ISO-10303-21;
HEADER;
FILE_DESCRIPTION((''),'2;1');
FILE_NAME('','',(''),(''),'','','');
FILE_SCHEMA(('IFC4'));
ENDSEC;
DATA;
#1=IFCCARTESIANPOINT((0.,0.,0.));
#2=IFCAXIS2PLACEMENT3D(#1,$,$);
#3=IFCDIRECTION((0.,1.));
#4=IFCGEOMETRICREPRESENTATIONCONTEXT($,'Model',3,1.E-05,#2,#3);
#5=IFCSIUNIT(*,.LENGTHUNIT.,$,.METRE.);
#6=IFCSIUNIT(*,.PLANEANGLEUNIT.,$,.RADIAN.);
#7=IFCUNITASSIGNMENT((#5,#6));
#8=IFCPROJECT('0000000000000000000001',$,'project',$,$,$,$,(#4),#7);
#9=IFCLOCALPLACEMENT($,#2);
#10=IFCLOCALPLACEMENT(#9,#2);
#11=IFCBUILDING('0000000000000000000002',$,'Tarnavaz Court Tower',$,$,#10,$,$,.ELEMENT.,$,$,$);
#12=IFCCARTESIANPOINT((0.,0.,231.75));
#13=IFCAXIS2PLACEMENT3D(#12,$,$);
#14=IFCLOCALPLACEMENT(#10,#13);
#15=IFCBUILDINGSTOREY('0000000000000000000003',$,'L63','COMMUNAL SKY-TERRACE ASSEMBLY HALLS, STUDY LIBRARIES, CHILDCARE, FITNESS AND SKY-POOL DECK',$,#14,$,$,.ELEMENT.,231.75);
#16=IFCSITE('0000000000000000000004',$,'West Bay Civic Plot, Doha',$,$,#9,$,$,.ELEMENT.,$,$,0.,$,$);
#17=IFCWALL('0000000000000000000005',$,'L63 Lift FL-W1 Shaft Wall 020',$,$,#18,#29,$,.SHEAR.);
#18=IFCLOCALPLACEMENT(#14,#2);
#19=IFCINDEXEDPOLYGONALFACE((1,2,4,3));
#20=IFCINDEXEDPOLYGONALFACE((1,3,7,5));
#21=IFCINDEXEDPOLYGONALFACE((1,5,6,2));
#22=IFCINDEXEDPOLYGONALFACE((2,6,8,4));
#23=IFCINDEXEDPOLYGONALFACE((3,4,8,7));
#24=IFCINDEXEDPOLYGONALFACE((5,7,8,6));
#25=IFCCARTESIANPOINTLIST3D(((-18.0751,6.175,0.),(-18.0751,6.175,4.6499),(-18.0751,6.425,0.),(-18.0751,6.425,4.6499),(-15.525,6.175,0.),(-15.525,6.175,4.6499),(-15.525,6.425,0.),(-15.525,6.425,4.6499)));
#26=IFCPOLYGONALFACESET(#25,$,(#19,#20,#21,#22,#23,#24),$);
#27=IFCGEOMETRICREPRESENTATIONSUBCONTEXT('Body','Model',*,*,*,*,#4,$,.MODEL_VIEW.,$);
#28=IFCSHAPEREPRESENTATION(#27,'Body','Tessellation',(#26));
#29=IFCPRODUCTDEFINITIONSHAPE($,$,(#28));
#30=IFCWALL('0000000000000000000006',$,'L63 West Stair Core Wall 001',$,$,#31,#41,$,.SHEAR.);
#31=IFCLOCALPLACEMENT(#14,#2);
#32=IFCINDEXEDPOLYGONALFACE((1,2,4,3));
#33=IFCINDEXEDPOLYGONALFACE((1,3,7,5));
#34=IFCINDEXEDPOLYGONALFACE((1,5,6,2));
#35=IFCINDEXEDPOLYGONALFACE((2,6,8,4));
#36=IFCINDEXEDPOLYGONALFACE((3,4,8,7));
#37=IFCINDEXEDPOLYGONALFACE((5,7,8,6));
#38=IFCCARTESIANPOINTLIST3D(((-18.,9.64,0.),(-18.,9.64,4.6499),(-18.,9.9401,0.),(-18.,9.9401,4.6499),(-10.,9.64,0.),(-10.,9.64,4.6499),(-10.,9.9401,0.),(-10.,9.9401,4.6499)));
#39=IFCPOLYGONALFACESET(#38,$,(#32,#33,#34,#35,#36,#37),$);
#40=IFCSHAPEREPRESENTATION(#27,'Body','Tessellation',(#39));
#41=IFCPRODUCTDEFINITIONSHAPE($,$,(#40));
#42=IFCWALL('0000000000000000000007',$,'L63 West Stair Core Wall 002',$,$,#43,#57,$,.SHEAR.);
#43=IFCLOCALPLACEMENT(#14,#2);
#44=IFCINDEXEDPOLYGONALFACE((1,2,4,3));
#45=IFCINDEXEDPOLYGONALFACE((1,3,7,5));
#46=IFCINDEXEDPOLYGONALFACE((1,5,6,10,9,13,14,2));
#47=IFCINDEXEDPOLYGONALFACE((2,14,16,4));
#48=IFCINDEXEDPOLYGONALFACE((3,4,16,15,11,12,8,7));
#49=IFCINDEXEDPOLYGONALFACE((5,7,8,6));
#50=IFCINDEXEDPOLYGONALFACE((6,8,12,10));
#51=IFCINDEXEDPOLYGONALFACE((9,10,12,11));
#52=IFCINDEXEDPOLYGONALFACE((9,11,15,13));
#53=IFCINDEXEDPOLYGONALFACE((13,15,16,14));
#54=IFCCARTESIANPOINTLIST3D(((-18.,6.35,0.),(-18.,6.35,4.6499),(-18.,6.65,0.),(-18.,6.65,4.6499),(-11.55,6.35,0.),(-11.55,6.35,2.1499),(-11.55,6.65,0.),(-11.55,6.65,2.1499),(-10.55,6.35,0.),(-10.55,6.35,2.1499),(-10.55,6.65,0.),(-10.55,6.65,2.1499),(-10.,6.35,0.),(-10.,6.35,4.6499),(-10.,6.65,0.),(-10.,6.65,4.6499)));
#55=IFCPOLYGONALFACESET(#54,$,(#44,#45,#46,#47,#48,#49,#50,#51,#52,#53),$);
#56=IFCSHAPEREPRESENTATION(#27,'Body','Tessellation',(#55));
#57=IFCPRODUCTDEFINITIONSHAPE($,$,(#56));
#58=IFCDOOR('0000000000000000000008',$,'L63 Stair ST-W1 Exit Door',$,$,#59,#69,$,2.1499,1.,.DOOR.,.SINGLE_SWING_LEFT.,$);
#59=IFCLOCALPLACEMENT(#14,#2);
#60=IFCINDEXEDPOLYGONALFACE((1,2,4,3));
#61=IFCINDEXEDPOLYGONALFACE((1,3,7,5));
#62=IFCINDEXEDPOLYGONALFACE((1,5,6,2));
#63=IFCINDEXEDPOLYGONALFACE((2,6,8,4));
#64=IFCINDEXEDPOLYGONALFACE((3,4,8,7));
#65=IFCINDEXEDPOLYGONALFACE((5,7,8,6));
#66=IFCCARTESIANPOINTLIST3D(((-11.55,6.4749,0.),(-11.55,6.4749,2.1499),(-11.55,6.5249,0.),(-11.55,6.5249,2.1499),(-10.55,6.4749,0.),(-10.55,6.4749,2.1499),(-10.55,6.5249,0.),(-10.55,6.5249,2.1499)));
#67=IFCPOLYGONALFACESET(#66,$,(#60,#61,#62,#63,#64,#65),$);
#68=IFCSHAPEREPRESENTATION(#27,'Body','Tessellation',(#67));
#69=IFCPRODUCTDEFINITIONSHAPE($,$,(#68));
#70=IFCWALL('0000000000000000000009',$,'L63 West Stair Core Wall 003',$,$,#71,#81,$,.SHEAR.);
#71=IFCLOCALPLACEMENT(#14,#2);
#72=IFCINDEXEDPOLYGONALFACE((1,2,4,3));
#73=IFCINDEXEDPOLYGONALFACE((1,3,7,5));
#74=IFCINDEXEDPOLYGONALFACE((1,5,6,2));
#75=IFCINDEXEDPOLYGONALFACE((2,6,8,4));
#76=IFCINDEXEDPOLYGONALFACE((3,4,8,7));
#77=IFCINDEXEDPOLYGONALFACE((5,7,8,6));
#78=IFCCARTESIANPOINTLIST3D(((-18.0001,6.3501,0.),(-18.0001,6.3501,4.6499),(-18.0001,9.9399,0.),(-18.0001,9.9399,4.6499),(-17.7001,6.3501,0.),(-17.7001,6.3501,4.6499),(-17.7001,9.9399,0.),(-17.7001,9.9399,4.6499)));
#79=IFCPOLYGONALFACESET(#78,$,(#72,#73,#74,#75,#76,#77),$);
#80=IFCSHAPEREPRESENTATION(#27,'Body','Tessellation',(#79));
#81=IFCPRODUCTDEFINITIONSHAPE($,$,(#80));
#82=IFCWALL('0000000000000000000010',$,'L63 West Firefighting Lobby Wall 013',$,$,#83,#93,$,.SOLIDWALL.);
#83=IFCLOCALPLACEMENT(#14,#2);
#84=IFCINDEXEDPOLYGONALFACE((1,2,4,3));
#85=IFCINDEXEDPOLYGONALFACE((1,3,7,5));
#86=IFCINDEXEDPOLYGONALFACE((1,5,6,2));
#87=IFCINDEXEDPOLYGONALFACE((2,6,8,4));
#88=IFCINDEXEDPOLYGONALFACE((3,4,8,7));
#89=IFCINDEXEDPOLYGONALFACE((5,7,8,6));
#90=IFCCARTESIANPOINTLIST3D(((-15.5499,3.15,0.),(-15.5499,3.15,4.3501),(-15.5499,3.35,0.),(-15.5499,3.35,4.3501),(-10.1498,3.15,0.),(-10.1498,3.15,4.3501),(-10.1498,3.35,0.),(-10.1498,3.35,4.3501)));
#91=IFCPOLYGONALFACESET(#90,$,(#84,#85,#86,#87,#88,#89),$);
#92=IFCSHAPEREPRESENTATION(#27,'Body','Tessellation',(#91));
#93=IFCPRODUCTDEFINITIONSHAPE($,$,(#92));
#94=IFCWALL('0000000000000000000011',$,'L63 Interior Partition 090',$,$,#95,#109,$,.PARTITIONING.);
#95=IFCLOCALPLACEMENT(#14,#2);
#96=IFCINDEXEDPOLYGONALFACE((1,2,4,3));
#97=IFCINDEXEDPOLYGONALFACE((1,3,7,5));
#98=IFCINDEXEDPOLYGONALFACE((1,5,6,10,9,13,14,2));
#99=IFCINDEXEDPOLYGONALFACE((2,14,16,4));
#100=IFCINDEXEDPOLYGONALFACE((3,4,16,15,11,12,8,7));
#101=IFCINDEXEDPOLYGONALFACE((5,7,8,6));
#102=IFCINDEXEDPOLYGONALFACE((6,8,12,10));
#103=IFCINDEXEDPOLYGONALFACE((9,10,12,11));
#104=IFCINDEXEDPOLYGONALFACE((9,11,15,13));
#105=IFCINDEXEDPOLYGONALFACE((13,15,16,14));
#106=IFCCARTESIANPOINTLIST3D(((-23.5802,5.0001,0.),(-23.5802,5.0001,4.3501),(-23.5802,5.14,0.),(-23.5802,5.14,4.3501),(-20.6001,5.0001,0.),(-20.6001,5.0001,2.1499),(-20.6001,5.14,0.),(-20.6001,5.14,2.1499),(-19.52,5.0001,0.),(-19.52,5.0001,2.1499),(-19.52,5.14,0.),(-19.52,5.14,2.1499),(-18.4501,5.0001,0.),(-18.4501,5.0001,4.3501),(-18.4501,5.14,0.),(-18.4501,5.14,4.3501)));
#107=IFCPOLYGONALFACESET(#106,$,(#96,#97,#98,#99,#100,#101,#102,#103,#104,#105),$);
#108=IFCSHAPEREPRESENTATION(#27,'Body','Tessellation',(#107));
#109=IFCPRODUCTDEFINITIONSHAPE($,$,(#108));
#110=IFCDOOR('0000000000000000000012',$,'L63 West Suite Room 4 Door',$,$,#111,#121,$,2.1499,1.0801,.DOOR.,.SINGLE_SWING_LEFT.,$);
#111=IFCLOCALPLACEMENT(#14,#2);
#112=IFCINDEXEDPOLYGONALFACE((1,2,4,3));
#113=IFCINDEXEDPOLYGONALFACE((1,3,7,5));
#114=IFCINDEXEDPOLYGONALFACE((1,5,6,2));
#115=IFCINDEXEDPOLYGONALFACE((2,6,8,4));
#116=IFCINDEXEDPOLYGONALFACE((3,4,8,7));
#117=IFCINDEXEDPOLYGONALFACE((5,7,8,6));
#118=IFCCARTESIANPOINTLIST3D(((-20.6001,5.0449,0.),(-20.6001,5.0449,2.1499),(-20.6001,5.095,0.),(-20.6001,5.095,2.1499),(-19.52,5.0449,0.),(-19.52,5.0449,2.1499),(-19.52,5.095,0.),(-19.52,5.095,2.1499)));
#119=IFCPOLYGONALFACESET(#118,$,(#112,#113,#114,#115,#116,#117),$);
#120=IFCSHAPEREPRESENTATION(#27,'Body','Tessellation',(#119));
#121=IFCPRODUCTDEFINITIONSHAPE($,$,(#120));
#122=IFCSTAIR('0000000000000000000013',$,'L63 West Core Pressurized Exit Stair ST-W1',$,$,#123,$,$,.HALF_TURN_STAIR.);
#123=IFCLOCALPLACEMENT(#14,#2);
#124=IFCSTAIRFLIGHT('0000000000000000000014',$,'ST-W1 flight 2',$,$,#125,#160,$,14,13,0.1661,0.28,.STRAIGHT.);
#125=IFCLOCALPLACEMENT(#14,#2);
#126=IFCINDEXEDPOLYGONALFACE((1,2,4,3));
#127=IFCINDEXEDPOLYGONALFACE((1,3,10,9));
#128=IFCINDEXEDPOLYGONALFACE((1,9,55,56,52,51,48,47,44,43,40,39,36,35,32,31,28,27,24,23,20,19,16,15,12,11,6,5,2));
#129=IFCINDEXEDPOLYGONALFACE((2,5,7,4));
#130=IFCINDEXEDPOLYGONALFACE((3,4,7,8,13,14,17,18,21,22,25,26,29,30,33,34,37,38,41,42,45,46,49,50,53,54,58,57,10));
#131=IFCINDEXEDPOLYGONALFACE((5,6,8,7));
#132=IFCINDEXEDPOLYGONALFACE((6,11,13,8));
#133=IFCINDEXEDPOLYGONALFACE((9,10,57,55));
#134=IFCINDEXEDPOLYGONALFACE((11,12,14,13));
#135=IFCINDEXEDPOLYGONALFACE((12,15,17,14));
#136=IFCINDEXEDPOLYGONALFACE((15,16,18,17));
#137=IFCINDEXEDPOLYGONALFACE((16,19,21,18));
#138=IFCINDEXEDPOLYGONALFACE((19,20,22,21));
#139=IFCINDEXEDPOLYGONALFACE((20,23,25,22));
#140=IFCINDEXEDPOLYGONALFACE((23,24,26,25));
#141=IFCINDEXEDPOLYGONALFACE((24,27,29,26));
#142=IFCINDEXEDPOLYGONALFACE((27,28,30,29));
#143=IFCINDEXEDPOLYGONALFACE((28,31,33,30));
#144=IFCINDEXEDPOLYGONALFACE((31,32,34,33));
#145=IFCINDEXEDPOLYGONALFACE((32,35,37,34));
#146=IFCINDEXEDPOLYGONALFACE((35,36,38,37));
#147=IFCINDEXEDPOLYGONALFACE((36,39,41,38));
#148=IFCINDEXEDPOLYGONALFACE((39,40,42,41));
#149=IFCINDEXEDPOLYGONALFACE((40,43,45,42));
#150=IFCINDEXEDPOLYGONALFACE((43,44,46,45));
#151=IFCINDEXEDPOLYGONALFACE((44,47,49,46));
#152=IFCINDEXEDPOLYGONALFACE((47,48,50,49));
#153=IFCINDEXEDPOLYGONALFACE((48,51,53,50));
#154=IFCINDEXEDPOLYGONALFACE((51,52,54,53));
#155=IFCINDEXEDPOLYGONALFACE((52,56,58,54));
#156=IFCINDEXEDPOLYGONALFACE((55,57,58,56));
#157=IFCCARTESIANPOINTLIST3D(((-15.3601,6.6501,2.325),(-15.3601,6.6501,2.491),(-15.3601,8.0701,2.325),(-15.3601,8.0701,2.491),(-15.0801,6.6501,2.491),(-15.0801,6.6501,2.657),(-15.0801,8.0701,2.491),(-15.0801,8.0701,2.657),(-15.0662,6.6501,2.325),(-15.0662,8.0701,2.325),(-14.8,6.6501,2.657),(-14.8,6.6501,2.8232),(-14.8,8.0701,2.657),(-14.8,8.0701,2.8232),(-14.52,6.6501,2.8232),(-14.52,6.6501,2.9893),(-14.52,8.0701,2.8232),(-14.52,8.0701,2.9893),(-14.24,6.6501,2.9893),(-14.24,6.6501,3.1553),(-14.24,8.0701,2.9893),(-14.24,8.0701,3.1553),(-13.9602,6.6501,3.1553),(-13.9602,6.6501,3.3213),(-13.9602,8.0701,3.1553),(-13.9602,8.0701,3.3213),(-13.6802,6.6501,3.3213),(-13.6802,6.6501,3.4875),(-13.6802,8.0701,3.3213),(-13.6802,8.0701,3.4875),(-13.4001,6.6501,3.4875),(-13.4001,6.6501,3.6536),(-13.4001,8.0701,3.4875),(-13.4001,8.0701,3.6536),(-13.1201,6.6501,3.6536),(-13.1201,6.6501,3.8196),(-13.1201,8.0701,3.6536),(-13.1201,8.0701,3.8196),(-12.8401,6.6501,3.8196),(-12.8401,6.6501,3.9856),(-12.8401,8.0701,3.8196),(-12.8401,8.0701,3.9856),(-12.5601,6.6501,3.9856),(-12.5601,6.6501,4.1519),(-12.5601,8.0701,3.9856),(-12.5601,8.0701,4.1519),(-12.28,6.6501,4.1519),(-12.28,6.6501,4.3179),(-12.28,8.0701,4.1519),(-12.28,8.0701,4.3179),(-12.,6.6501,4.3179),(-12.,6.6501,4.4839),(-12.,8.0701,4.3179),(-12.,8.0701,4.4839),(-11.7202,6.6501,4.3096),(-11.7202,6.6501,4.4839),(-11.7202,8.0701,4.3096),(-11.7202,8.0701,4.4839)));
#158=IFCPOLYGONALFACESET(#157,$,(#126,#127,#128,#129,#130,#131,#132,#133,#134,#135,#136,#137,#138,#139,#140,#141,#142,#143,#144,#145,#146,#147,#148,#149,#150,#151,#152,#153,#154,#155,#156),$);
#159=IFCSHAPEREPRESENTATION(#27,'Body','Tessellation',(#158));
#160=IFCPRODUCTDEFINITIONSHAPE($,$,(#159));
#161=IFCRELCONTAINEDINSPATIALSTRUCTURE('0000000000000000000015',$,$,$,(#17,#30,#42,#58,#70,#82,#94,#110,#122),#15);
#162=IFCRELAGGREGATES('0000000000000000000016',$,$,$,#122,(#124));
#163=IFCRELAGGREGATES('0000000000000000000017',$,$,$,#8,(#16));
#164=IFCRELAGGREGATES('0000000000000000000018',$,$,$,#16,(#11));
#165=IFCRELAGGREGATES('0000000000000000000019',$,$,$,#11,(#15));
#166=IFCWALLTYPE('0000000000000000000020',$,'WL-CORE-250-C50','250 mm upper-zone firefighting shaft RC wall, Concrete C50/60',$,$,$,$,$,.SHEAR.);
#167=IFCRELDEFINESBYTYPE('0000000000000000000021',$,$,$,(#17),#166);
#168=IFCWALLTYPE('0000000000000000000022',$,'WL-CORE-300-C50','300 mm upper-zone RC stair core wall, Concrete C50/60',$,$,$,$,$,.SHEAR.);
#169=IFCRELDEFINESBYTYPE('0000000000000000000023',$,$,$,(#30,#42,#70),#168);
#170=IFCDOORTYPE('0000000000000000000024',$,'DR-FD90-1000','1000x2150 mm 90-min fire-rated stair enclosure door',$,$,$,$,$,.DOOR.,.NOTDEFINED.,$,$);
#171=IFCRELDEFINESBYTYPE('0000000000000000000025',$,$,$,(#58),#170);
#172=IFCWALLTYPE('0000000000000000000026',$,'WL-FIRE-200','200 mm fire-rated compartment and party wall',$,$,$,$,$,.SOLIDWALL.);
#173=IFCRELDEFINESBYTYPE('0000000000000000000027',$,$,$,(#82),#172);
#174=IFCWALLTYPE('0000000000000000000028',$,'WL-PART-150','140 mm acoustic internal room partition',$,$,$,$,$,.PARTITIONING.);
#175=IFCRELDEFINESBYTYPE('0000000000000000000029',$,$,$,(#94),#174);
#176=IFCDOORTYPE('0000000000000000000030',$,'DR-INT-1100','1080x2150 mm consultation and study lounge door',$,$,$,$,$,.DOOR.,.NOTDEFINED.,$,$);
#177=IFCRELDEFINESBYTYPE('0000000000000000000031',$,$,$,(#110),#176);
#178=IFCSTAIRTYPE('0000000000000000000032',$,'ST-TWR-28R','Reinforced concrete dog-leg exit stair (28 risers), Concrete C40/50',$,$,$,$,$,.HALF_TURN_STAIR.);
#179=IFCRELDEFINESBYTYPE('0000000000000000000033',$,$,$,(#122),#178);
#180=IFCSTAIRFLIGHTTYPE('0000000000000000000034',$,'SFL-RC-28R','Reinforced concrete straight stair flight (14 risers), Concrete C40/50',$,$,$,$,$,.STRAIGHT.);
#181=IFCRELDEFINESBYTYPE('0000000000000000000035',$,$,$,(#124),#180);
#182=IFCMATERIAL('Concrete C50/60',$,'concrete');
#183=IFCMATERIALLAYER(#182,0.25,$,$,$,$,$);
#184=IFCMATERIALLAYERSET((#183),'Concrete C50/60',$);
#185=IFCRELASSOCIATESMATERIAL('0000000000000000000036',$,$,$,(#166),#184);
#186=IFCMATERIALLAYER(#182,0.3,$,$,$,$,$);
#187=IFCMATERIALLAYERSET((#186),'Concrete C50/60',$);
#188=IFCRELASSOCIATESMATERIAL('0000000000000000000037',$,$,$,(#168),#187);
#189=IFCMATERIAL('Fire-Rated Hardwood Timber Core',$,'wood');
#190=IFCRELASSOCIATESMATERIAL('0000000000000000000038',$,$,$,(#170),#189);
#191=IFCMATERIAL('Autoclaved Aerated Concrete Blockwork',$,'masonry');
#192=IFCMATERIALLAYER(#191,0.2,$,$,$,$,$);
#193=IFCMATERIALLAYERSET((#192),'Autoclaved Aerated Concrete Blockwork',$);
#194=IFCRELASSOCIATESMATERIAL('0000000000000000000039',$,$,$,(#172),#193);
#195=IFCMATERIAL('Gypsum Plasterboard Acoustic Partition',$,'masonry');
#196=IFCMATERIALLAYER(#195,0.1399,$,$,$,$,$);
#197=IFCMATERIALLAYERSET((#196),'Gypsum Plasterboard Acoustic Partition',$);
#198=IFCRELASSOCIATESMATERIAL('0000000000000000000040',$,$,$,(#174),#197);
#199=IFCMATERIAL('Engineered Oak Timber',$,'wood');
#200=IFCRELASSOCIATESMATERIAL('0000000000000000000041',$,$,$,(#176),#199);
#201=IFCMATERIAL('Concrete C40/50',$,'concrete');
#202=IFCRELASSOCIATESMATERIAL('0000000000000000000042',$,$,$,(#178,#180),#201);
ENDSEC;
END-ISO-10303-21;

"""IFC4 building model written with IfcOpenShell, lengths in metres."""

from ifc_helpers import new_model, si_unit, direction, frame, frame_2d, origin, place, context, subcontext, project, spatial, polyline, rectangle, outline, extrude, material, layer, layer_set, type_object, element, fill, aggregate, save


model = new_model("IFC4")

# Units and contexts
model_context = context("Model", 3, precision=1e-05, world=origin(), true_north=direction((0.0, 1.0)))
body_context = subcontext(model_context, "Body", "Model", "MODEL_VIEW")
ifc_project = project(units=[si_unit("LENGTHUNIT", "METRE"), si_unit("PLANEANGLEUNIT", "RADIAN")], contexts=[model_context])

# Site, building, storey
site_placement = place(None, origin())
site = spatial("IfcSite", under=ifc_project, at=site_placement, Name="West Bay Civic Plot, Doha", CompositionType="ELEMENT", RefElevation=0.0)
building_placement = place(site_placement, origin())
building = spatial("IfcBuilding", under=site, at=building_placement, Name="Tarnavaz Court Tower", CompositionType="ELEMENT")
storey_placement = place(building_placement, frame((0.0, 0.0, 231.75)))
storey = spatial("IfcBuildingStorey", under=building, at=storey_placement, Name="L63", Description="COMMUNAL SKY-TERRACE ASSEMBLY HALLS, STUDY LIBRARIES, CHILDCARE, FITNESS AND SKY-POOL DECK", CompositionType="ELEMENT", Elevation=231.75)

# Shared definitions
ifc_material_1 = material(Name="Concrete C50/60", Category="concrete")

# Shared definitions
ifc_layer_1 = layer(ifc_material_1, 0.25)
ifc_layer_set_1 = layer_set([ifc_layer_1], Name="Concrete C50/60")
wall_type_1 = type_object("IfcWallType", Name="WL-CORE-250-C50", Description="250 mm upper-zone firefighting shaft RC wall, Concrete C50/60", PredefinedType="SHEAR", material=ifc_layer_set_1)

# Walls
for number, where, z_axis, x_axis, name in (
    (1, (-18.075, 6.3, 0.0), (0.0, 0.0, 1.0), (1.0, 0.0, 0.0), "L63 Lift FL-W1 Shaft Wall 020"),
):
    element("IfcWall", number, at=place(storey_placement, frame(where, z_axis=z_axis, x_axis=x_axis)), inside=storey, type_object=wall_type_1, Name=name, PredefinedType="SHEAR", context=body_context, shape_type="SweptSolid", body=[
        extrude(rectangle(XDim=2.55, YDim=0.25, at=frame_2d((1.2749, 0.0))), origin(), (0.0, 0.0, 1.0), 4.6499),
    ])
ifc_layer_2 = layer(ifc_material_1, 0.3)
ifc_layer_set_2 = layer_set([ifc_layer_2], Name="Concrete C50/60")
wall_type_2 = type_object("IfcWallType", Name="WL-CORE-300-C50", Description="300 mm upper-zone RC stair core wall, Concrete C50/60", PredefinedType="SHEAR", material=ifc_layer_set_2)
wall_1_placement = place(storey_placement, frame((-18.0, 9.79, 0.0), z_axis=(0.0, 0.0, 1.0), x_axis=(1.0, 0.0, 0.0)))
element("IfcWall", 2, at=wall_1_placement, inside=storey, type_object=wall_type_2, Name="L63 West Stair Core Wall 001", PredefinedType="SHEAR", context=body_context, shape_type="SweptSolid", body=[
    extrude(rectangle(XDim=8.0, YDim=0.3, at=frame_2d((4.0, 0.0))), origin(), (0.0, 0.0, 1.0), 4.6499),
])

# Wall, opening, door
wall_2_placement = place(storey_placement, frame((-18.0, 6.5, 0.0), z_axis=(0.0, 0.0, 1.0), x_axis=(1.0, 0.0, 0.0)))
wall_2 = element("IfcWall", 3, at=wall_2_placement, inside=storey, type_object=wall_type_2, Name="L63 West Stair Core Wall 002", PredefinedType="SHEAR", context=body_context, shape_type="SweptSolid", body=[
    extrude(rectangle(XDim=8.0, YDim=0.3, at=frame_2d((4.0, 0.0))), origin(), (0.0, 0.0, 1.0), 4.6499),
])
opening_1_placement = place(wall_2_placement, frame((6.45, 0.0, 0.0)))
opening_1 = element("IfcOpeningElement", 4, at=opening_1_placement, cuts=wall_2, PredefinedType="OPENING", context=body_context, shape_type="SweptSolid", body=[
    extrude(rectangle(XDim=1.0, YDim=2.1499, at=frame_2d((0.5, 1.075))), frame((0.0, 0.1599, 0.0), z_axis=(0.0, -1.0, 0.0), x_axis=(1.0, 0.0, 0.0)), (0.0, 0.0, 1.0), 0.3201),
])
ifc_material_2 = material(Name="Fire-Rated Hardwood Timber Core", Category="wood")
door_type_1 = type_object("IfcDoorType", Name="DR-FD90-1000", Description="1000x2150 mm 90-min fire-rated stair enclosure door", OperationType="NOTDEFINED", PredefinedType="DOOR", material=ifc_material_2)
door_1_placement = place(opening_1_placement, origin())
door_1 = element("IfcDoor", 5, at=door_1_placement, inside=storey, type_object=door_type_1, Name="L63 Stair ST-W1 Exit Door", OperationType="SINGLE_SWING_LEFT", OverallHeight=2.1499, OverallWidth=1.0, PredefinedType="DOOR", context=body_context, shape_type="SweptSolid", body=[
    extrude(rectangle(XDim=1.0, YDim=2.1499, at=frame_2d((0.5, 1.075))), frame((0.0, 0.0249, 0.0), z_axis=(0.0, -1.0, 0.0), x_axis=(1.0, 0.0, 0.0)), (0.0, 0.0, 1.0), 0.05),
])
fill(opening_1, door_1)

# Walls
wall_3_placement = place(storey_placement, frame((-17.8501, 6.3501, 0.0), z_axis=(0.0, 0.0, 1.0), x_axis=(0.0, 1.0, 0.0)))
element("IfcWall", 6, at=wall_3_placement, inside=storey, type_object=wall_type_2, Name="L63 West Stair Core Wall 003", PredefinedType="SHEAR", context=body_context, shape_type="SweptSolid", body=[
    extrude(rectangle(XDim=3.5898, YDim=0.3, at=frame_2d((1.7949, 0.0))), origin(), (0.0, 0.0, 1.0), 4.6499),
])
ifc_material_3 = material(Name="Autoclaved Aerated Concrete Blockwork", Category="masonry")
ifc_layer_3 = layer(ifc_material_3, 0.2)
ifc_layer_set_3 = layer_set([ifc_layer_3], Name="Autoclaved Aerated Concrete Blockwork")
wall_type_3 = type_object("IfcWallType", Name="WL-FIRE-200", Description="200 mm fire-rated compartment and party wall", PredefinedType="SOLIDWALL", material=ifc_layer_set_3)
wall_4_placement = place(storey_placement, frame((-15.55, 3.25, 0.0), z_axis=(0.0, 0.0, 1.0), x_axis=(1.0, 0.0, 0.0)))
element("IfcWall", 7, at=wall_4_placement, inside=storey, type_object=wall_type_3, Name="L63 West Firefighting Lobby Wall 013", PredefinedType="SOLIDWALL", context=body_context, shape_type="SweptSolid", body=[
    extrude(rectangle(XDim=5.4001, YDim=0.2, at=frame_2d((2.7002, 0.0))), origin(), (0.0, 0.0, 1.0), 4.3501),
])

# Wall, opening, door
ifc_material_4 = material(Name="Gypsum Plasterboard Acoustic Partition", Category="masonry")
ifc_layer_4 = layer(ifc_material_4, 0.1399)
ifc_layer_set_4 = layer_set([ifc_layer_4], Name="Gypsum Plasterboard Acoustic Partition")
wall_type_4 = type_object("IfcWallType", Name="WL-PART-150", Description="140 mm acoustic internal room partition", PredefinedType="PARTITIONING", material=ifc_layer_set_4)
wall_5_placement = place(storey_placement, frame((-23.5801, 5.0701, 0.0), z_axis=(0.0, 0.0, 1.0), x_axis=(1.0, 0.0, 0.0)))
wall_5 = element("IfcWall", 8, at=wall_5_placement, inside=storey, type_object=wall_type_4, Name="L63 Interior Partition 090", PredefinedType="PARTITIONING", context=body_context, shape_type="SweptSolid", body=[
    extrude(rectangle(XDim=5.1301, YDim=0.1399, at=frame_2d((2.5649, 0.0))), origin(), (0.0, 0.0, 1.0), 4.3501),
])
opening_2_placement = place(wall_5_placement, frame((2.98, 0.0, 0.0)))
opening_2 = element("IfcOpeningElement", 9, at=opening_2_placement, cuts=wall_5, PredefinedType="OPENING", context=body_context, shape_type="SweptSolid", body=[
    extrude(rectangle(XDim=1.0801, YDim=2.1499, at=frame_2d((0.54, 1.075))), frame((0.0, 0.0798, 0.0), z_axis=(0.0, -1.0, 0.0), x_axis=(1.0, 0.0, 0.0)), (0.0, 0.0, 1.0), 0.1599),
])
ifc_material_5 = material(Name="Engineered Oak Timber", Category="wood")
door_type_2 = type_object("IfcDoorType", Name="DR-INT-1100", Description="1080x2150 mm consultation and study lounge door", OperationType="NOTDEFINED", PredefinedType="DOOR", material=ifc_material_5)
door_2_placement = place(opening_2_placement, origin())
door_2 = element("IfcDoor", 10, at=door_2_placement, inside=storey, type_object=door_type_2, Name="L63 West Suite Room 4 Door", OperationType="SINGLE_SWING_LEFT", OverallHeight=2.1499, OverallWidth=1.0801, PredefinedType="DOOR", context=body_context, shape_type="SweptSolid", body=[
    extrude(rectangle(XDim=1.0801, YDim=2.1499, at=frame_2d((0.54, 1.075))), frame((0.0, 0.0249, 0.0), z_axis=(0.0, -1.0, 0.0), x_axis=(1.0, 0.0, 0.0)), (0.0, 0.0, 1.0), 0.05),
])
fill(opening_2, door_2)

# Stair, stair flight
ifc_material_6 = material(Name="Concrete C40/50", Category="concrete")
stair_type = type_object("IfcStairType", Name="ST-TWR-28R", Description="Reinforced concrete dog-leg exit stair (28 risers), Concrete C40/50", PredefinedType="HALF_TURN_STAIR", material=ifc_material_6)
stair_placement = place(storey_placement, origin())
stair = element("IfcStair", 11, at=stair_placement, inside=storey, type_object=stair_type, Name="L63 West Core Pressurized Exit Stair ST-W1", PredefinedType="HALF_TURN_STAIR")
stair_flight_type = type_object("IfcStairFlightType", Name="SFL-RC-28R", Description="Reinforced concrete straight stair flight (14 risers), Concrete C40/50", PredefinedType="STRAIGHT", material=ifc_material_6)
stair_flight_placement = place(storey_placement, frame((-15.3601, 7.3601, 2.325), z_axis=(0.0, 0.0, 1.0), x_axis=(1.0, 0.0, 0.0)))
stair_flight = element("IfcStairFlight", 12, at=stair_flight_placement, type_object=stair_flight_type, Name="ST-W1 flight 2", NumberOfRisers=14, NumberOfTreads=13, PredefinedType="STRAIGHT", RiserHeight=0.1661, TreadLength=0.28, context=body_context, shape_type="SweptSolid", body=[
    extrude(outline(polyline([(0.0, 0.0), (0.0, 0.166), (0.28, 0.166), (0.28, 0.332), (0.5601, 0.332), (0.5601, 0.4983), (0.8401, 0.4983), (0.8401, 0.6643), (1.1201, 0.6643), (1.1201, 0.8303), (1.3999, 0.8303), (1.3999, 0.9963), (1.6799, 0.9963), (1.6799, 1.1626), (1.96, 1.1626), (1.96, 1.3286), (2.24, 1.3286), (2.24, 1.4946), (2.52, 1.4946), (2.52, 1.6606), (2.8, 1.6606), (2.8, 1.8269), (3.0801, 1.8269), (3.0801, 1.9929), (3.3601, 1.9929), (3.3601, 2.1589), (3.6399, 2.1589), (3.6399, 2.325), (3.6399, 1.9846), (0.2939, 0.0), (0.0, 0.0)])), frame((0.0, 0.71, 0.0), z_axis=(0.0, -1.0, 0.0), x_axis=(1.0, 0.0, 0.0)), (0.0, 0.0, 1.0), 1.4199),
])
aggregate(stair, [stair_flight])

save(model, "model.ifc")
